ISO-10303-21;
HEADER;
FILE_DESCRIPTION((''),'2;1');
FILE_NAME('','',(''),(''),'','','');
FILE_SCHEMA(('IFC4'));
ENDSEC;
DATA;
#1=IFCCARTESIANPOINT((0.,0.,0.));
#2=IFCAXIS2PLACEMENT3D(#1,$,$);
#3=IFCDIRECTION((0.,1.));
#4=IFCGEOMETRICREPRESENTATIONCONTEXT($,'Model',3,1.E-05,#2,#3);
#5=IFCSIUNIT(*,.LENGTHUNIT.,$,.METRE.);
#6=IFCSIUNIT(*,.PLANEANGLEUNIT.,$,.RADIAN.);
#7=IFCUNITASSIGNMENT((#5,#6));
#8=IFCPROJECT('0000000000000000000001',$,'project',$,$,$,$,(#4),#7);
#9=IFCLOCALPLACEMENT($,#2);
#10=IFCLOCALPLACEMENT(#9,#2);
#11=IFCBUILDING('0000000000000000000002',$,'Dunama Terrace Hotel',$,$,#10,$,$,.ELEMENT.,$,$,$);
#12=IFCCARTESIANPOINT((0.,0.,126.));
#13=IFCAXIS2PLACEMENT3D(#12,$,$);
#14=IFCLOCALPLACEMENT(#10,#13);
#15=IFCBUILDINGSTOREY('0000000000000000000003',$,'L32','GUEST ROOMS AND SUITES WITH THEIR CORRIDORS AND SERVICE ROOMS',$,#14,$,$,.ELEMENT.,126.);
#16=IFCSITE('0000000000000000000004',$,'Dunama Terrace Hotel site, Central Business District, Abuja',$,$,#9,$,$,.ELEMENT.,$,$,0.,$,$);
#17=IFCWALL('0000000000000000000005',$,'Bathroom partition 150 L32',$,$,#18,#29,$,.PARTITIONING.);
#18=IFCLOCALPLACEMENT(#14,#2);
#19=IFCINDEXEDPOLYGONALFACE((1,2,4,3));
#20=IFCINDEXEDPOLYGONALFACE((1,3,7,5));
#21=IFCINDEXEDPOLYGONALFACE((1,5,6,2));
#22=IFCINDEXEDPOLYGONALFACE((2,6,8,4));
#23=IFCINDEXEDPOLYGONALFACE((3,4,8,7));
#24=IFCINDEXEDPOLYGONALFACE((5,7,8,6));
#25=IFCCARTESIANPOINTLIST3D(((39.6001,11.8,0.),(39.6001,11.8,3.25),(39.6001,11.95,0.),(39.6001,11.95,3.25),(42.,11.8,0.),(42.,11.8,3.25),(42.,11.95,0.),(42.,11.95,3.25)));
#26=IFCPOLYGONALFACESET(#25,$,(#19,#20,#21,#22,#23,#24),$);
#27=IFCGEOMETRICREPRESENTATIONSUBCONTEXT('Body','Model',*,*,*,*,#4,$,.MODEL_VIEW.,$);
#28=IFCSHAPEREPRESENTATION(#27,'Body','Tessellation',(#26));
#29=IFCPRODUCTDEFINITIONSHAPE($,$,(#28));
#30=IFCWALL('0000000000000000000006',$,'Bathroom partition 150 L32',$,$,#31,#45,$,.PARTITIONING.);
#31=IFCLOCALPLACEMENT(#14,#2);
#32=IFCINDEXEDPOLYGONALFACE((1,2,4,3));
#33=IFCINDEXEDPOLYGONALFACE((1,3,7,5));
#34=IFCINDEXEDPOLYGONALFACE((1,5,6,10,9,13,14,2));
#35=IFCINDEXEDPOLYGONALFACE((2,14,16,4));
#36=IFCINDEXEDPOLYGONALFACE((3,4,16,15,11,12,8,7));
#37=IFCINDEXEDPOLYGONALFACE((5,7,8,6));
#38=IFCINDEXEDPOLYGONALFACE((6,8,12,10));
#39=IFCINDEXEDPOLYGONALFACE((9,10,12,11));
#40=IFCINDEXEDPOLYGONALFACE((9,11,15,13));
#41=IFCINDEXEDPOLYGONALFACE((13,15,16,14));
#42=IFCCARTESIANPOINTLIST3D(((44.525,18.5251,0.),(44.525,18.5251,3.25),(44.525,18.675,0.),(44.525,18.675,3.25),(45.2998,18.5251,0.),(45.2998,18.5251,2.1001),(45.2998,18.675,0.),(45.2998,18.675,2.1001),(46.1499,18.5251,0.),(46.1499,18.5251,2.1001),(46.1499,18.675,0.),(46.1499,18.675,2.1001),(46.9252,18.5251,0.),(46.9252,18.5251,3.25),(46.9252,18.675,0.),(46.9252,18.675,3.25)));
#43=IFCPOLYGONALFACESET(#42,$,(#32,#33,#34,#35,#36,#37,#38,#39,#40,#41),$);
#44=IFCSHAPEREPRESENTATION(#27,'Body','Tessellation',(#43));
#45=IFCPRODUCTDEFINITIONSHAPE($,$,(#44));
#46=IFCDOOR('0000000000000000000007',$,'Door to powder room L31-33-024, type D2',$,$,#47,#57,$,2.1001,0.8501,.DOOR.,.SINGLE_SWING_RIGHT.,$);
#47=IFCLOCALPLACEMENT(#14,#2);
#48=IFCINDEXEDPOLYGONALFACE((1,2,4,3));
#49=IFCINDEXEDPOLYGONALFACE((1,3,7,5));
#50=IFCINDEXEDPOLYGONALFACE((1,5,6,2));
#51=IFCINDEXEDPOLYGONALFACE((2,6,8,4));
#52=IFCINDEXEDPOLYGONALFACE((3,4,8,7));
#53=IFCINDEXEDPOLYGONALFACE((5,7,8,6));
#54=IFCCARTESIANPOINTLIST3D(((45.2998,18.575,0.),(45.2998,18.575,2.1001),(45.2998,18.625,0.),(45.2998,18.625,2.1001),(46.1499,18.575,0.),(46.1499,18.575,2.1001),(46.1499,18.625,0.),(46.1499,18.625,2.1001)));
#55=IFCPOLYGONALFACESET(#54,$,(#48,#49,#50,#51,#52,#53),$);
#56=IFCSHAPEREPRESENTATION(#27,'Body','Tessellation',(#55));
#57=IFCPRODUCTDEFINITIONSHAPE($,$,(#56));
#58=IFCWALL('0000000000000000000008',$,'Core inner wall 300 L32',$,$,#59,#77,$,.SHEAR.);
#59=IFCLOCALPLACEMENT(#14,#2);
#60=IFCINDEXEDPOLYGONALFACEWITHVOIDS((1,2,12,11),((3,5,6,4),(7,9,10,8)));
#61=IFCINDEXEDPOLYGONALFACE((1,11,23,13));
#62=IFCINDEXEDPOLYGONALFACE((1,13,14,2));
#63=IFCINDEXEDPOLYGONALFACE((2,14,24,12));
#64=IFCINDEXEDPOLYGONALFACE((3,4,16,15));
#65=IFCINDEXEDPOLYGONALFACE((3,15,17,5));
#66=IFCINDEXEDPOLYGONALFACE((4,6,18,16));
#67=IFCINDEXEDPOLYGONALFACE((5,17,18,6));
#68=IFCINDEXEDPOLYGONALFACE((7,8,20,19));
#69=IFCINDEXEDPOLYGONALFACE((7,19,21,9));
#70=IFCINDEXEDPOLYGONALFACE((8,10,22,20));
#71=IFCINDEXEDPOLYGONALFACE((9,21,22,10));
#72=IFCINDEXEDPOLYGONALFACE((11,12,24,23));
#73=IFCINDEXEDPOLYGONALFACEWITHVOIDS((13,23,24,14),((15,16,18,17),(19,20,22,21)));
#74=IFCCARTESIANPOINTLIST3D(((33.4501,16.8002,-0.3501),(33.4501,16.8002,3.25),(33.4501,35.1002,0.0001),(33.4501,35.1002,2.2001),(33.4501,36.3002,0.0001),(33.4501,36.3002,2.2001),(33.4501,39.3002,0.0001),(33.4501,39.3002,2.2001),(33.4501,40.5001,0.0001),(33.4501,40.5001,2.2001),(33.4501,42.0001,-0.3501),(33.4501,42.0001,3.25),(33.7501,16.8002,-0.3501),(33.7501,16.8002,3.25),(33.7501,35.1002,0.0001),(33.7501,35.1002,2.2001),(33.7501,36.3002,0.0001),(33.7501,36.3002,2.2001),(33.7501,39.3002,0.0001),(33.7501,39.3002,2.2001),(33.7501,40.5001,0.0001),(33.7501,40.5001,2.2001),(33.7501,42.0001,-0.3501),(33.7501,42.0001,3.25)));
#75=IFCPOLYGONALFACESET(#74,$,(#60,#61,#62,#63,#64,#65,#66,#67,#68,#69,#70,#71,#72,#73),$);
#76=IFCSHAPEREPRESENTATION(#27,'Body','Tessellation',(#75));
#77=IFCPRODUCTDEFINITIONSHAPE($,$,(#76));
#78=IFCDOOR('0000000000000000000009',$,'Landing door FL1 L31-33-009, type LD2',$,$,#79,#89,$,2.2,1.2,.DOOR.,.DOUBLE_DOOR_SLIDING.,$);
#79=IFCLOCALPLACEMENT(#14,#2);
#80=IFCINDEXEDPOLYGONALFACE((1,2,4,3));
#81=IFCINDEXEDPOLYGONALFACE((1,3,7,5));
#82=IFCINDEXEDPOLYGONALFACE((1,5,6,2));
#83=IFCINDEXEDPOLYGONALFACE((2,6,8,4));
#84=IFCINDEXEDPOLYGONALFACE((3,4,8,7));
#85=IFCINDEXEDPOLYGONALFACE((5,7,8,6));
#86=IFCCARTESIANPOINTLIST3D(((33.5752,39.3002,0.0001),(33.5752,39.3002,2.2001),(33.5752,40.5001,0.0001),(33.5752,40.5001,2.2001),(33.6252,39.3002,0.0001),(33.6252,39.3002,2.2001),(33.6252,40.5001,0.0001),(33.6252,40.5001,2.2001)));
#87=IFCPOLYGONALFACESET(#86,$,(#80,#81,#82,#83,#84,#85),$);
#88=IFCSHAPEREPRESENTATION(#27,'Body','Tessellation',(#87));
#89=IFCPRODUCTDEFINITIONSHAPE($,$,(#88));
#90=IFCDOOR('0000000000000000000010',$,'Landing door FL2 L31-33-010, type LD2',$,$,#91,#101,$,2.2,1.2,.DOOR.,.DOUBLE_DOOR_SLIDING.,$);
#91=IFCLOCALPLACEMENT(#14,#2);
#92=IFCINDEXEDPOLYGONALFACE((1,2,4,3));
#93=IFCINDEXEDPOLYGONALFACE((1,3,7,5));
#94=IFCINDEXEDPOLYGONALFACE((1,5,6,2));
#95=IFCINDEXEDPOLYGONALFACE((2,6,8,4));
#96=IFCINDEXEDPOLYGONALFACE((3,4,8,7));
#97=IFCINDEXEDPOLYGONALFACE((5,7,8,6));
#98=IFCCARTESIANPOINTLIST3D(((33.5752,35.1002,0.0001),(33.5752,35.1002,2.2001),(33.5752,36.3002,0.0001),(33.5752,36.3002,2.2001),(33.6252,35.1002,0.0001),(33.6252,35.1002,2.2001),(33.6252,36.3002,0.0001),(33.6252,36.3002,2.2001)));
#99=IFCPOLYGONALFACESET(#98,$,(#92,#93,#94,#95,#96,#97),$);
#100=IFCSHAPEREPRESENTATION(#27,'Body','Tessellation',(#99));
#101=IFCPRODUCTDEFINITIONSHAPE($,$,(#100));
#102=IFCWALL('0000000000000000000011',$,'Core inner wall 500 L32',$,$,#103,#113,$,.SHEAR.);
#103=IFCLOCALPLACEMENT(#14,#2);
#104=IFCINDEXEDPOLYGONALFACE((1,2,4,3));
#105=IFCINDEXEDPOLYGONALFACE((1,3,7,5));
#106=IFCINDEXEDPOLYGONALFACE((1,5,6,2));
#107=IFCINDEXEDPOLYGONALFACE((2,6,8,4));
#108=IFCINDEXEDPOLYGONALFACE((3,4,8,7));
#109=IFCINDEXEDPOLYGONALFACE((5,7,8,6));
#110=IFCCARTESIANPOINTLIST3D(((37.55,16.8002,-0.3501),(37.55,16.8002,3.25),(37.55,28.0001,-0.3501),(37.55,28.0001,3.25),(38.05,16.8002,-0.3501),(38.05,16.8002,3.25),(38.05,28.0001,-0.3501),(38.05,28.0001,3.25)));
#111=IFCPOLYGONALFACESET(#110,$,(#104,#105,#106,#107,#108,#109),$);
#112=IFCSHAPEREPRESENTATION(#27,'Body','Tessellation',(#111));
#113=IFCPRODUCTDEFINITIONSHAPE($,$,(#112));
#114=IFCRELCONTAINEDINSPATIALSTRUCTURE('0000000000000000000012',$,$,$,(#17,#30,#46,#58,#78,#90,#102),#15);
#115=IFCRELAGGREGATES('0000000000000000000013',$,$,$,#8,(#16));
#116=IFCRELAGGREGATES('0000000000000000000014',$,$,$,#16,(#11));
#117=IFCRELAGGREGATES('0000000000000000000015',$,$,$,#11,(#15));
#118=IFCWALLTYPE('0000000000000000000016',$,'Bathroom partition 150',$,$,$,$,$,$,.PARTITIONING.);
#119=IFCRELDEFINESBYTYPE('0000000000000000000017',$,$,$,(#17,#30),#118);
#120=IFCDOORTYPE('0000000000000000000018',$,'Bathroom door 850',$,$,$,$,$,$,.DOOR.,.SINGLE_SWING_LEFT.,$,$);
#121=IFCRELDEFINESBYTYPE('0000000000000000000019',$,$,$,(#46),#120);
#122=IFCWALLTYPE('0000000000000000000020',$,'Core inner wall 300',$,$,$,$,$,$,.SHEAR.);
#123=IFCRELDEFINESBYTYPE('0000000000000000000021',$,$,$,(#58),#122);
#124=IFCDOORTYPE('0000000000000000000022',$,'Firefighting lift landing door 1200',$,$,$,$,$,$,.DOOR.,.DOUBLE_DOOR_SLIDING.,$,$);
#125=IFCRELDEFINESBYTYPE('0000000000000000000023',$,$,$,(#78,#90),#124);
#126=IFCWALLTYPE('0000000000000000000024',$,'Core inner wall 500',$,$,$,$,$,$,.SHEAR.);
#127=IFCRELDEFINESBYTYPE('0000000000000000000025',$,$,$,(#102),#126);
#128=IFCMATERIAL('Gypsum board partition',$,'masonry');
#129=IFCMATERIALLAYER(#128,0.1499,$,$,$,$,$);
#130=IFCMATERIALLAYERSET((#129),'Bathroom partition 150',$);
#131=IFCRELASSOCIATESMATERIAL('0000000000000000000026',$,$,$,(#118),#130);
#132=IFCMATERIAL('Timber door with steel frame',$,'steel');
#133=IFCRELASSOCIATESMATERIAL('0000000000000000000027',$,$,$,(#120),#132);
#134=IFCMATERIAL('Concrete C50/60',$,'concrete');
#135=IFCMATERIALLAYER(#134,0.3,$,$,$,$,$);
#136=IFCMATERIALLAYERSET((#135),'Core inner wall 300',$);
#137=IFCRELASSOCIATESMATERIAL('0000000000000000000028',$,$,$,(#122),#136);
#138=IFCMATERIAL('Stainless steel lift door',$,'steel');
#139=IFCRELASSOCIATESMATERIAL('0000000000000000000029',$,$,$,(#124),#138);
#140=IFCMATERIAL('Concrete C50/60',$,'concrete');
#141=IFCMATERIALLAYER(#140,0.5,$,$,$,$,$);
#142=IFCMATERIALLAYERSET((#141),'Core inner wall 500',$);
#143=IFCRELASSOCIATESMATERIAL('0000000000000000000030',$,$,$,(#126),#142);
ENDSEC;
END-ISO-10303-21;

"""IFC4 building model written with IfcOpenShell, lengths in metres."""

from ifc_helpers import new_model, si_unit, direction, frame, frame_2d, origin, place, context, subcontext, project, spatial, rectangle, extrude, material, layer, layer_set, type_object, element, fill, save


model = new_model("IFC4")

# Units and contexts
model_context = context("Model", 3, precision=1e-05, world=origin(), true_north=direction((0.0, 1.0)))
body_context = subcontext(model_context, "Body", "Model", "MODEL_VIEW")
ifc_project = project(units=[si_unit("LENGTHUNIT", "METRE"), si_unit("PLANEANGLEUNIT", "RADIAN")], contexts=[model_context])

# Site, building, storey
site_placement = place(None, origin())
site = spatial("IfcSite", under=ifc_project, at=site_placement, Name="Dunama Terrace Hotel site, Central Business District, Abuja", CompositionType="ELEMENT", RefElevation=0.0)
building_placement = place(site_placement, origin())
building = spatial("IfcBuilding", under=site, at=building_placement, Name="Dunama Terrace Hotel", CompositionType="ELEMENT")
storey_placement = place(building_placement, frame((0.0, 0.0, 126.0)))
storey = spatial("IfcBuildingStorey", under=building, at=storey_placement, Name="L32", Description="GUEST ROOMS AND SUITES WITH THEIR CORRIDORS AND SERVICE ROOMS", CompositionType="ELEMENT", Elevation=126.0)

# Wall
ifc_material_1 = material(Name="Gypsum board partition", Category="masonry")
ifc_layer_1 = layer(ifc_material_1, 0.1499)
ifc_layer_set_1 = layer_set([ifc_layer_1], Name="Bathroom partition 150")
wall_type_1 = type_object("IfcWallType", Name="Bathroom partition 150", PredefinedType="PARTITIONING", material=ifc_layer_set_1)
wall_1_placement = place(storey_placement, frame((39.6001, 11.875, 0.0), z_axis=(0.0, 0.0, 1.0), x_axis=(1.0, 0.0, 0.0)))
element("IfcWall", 1, at=wall_1_placement, inside=storey, type_object=wall_type_1, Name="Bathroom partition 150 L32", PredefinedType="PARTITIONING", context=body_context, shape_type="SweptSolid", body=[
    extrude(rectangle(XDim=2.3999, YDim=0.1499, at=frame_2d((1.2, 0.0))), origin(), (0.0, 0.0, 1.0), 3.25),
])

# Wall, opening, door
wall_2_placement = place(storey_placement, frame((44.5249, 18.6001, 0.0), z_axis=(0.0, 0.0, 1.0), x_axis=(1.0, 0.0, 0.0)))
wall_2 = element("IfcWall", 2, at=wall_2_placement, inside=storey, type_object=wall_type_1, Name="Bathroom partition 150 L32", PredefinedType="PARTITIONING", context=body_context, shape_type="SweptSolid", body=[
    extrude(rectangle(XDim=2.4001, YDim=0.1499, at=frame_2d((1.2002, 0.0))), origin(), (0.0, 0.0, 1.0), 3.25),
])
opening_1_placement = place(wall_2_placement, frame((0.7749, 0.0, 0.0)))
opening_1 = element("IfcOpeningElement", 3, at=opening_1_placement, cuts=wall_2, PredefinedType="OPENING", context=body_context, shape_type="SweptSolid", body=[
    extrude(rectangle(XDim=0.8501, YDim=2.1001, at=frame_2d((0.425, 1.05))), frame((0.0, 0.085, 0.0), z_axis=(0.0, -1.0, 0.0), x_axis=(1.0, 0.0, 0.0)), (0.0, 0.0, 1.0), 0.1699),
])
ifc_material_2 = material(Name="Timber door with steel frame", Category="steel")
door_type_1 = type_object("IfcDoorType", Name="Bathroom door 850", OperationType="SINGLE_SWING_LEFT", PredefinedType="DOOR", material=ifc_material_2)
door_1_placement = place(opening_1_placement, frame((0.8501, 0.0, 0.0), z_axis=(0.0, 0.0, 1.0), x_axis=(-1.0, 0.0, 0.0)))
door_1 = element("IfcDoor", 4, at=door_1_placement, inside=storey, type_object=door_type_1, Name="Door to powder room L31-33-024, type D2", OperationType="SINGLE_SWING_RIGHT", OverallHeight=2.1001, OverallWidth=0.8501, PredefinedType="DOOR", context=body_context, shape_type="SweptSolid", body=[
    extrude(rectangle(XDim=0.8501, YDim=2.1001, at=frame_2d((0.425, 1.05))), frame((0.0, 0.0251, 0.0), z_axis=(0.0, -1.0, 0.0), x_axis=(1.0, 0.0, 0.0)), (0.0, 0.0, 1.0), 0.05),
])
fill(opening_1, door_1)

# Wall, openings, doors
ifc_material_3 = material(Name="Concrete C50/60", Category="concrete")
ifc_layer_2 = layer(ifc_material_3, 0.3)
ifc_layer_set_2 = layer_set([ifc_layer_2], Name="Core inner wall 300")
wall_type_2 = type_object("IfcWallType", Name="Core inner wall 300", PredefinedType="SHEAR", material=ifc_layer_set_2)
wall_3_placement = place(storey_placement, frame((33.6001, 16.8, -0.3501), z_axis=(0.0, 0.0, 1.0), x_axis=(0.0, 1.0, 0.0)))
wall_3 = element("IfcWall", 5, at=wall_3_placement, inside=storey, type_object=wall_type_2, Name="Core inner wall 300 L32", PredefinedType="SHEAR", context=body_context, shape_type="SweptSolid", body=[
    extrude(rectangle(XDim=25.2, YDim=0.3, at=frame_2d((12.6001, 0.0))), origin(), (0.0, 0.0, 1.0), 3.6001),
])
opening_2_placement = place(wall_3_placement, frame((22.5, 0.0, 0.3501)))
opening_2 = element("IfcOpeningElement", 6, at=opening_2_placement, cuts=wall_3, PredefinedType="OPENING", context=body_context, shape_type="SweptSolid", body=[
    extrude(rectangle(XDim=1.2, YDim=2.2, at=frame_2d((0.6001, 1.1001))), frame((0.0, 0.1599, 0.0), z_axis=(0.0, -1.0, 0.0), x_axis=(1.0, 0.0, 0.0)), (0.0, 0.0, 1.0), 0.3201),
])
opening_3_placement = place(wall_3_placement, frame((18.3, 0.0, 0.3501)))
opening_3 = element("IfcOpeningElement", 7, at=opening_3_placement, cuts=wall_3, PredefinedType="OPENING", context=body_context, shape_type="SweptSolid", body=[
    extrude(rectangle(XDim=1.2, YDim=2.2, at=frame_2d((0.6001, 1.1001))), frame((0.0, 0.1599, 0.0), z_axis=(0.0, -1.0, 0.0), x_axis=(1.0, 0.0, 0.0)), (0.0, 0.0, 1.0), 0.3201),
])
ifc_material_4 = material(Name="Stainless steel lift door", Category="steel")
door_type_2 = type_object("IfcDoorType", Name="Firefighting lift landing door 1200", OperationType="DOUBLE_DOOR_SLIDING", PredefinedType="DOOR", material=ifc_material_4)
door_2_placement = place(opening_2_placement, origin())
door_2 = element("IfcDoor", 8, at=door_2_placement, inside=storey, type_object=door_type_2, Name="Landing door FL1 L31-33-009, type LD2", OperationType="DOUBLE_DOOR_SLIDING", OverallHeight=2.2, OverallWidth=1.2, PredefinedType="DOOR", context=body_context, shape_type="SweptSolid", body=[
    extrude(rectangle(XDim=1.2, YDim=2.2, at=frame_2d((0.6001, 1.1001))), frame((0.0, 0.0249, 0.0), z_axis=(0.0, -1.0, 0.0), x_axis=(1.0, 0.0, 0.0)), (0.0, 0.0, 1.0), 0.05),
])
fill(opening_2, door_2)
door_3_placement = place(opening_3_placement, origin())
door_3 = element("IfcDoor", 9, at=door_3_placement, inside=storey, type_object=door_type_2, Name="Landing door FL2 L31-33-010, type LD2", OperationType="DOUBLE_DOOR_SLIDING", OverallHeight=2.2, OverallWidth=1.2, PredefinedType="DOOR", context=body_context, shape_type="SweptSolid", body=[
    extrude(rectangle(XDim=1.2, YDim=2.2, at=frame_2d((0.6001, 1.1001))), frame((0.0, 0.0249, 0.0), z_axis=(0.0, -1.0, 0.0), x_axis=(1.0, 0.0, 0.0)), (0.0, 0.0, 1.0), 0.05),
])
fill(opening_3, door_3)

# Wall
ifc_material_5 = material(Name="Concrete C50/60", Category="concrete")
ifc_layer_3 = layer(ifc_material_5, 0.5)
ifc_layer_set_3 = layer_set([ifc_layer_3], Name="Core inner wall 500")
wall_type_3 = type_object("IfcWallType", Name="Core inner wall 500", PredefinedType="SHEAR", material=ifc_layer_set_3)
wall_4_placement = place(storey_placement, frame((37.8, 16.8, -0.3501), z_axis=(0.0, 0.0, 1.0), x_axis=(0.0, 1.0, 0.0)))
element("IfcWall", 10, at=wall_4_placement, inside=storey, type_object=wall_type_3, Name="Core inner wall 500 L32", PredefinedType="SHEAR", context=body_context, shape_type="SweptSolid", body=[
    extrude(rectangle(XDim=11.2, YDim=0.5, at=frame_2d((5.6001, 0.0))), origin(), (0.0, 0.0, 1.0), 3.6001),
])

save(model, "model.ifc")
